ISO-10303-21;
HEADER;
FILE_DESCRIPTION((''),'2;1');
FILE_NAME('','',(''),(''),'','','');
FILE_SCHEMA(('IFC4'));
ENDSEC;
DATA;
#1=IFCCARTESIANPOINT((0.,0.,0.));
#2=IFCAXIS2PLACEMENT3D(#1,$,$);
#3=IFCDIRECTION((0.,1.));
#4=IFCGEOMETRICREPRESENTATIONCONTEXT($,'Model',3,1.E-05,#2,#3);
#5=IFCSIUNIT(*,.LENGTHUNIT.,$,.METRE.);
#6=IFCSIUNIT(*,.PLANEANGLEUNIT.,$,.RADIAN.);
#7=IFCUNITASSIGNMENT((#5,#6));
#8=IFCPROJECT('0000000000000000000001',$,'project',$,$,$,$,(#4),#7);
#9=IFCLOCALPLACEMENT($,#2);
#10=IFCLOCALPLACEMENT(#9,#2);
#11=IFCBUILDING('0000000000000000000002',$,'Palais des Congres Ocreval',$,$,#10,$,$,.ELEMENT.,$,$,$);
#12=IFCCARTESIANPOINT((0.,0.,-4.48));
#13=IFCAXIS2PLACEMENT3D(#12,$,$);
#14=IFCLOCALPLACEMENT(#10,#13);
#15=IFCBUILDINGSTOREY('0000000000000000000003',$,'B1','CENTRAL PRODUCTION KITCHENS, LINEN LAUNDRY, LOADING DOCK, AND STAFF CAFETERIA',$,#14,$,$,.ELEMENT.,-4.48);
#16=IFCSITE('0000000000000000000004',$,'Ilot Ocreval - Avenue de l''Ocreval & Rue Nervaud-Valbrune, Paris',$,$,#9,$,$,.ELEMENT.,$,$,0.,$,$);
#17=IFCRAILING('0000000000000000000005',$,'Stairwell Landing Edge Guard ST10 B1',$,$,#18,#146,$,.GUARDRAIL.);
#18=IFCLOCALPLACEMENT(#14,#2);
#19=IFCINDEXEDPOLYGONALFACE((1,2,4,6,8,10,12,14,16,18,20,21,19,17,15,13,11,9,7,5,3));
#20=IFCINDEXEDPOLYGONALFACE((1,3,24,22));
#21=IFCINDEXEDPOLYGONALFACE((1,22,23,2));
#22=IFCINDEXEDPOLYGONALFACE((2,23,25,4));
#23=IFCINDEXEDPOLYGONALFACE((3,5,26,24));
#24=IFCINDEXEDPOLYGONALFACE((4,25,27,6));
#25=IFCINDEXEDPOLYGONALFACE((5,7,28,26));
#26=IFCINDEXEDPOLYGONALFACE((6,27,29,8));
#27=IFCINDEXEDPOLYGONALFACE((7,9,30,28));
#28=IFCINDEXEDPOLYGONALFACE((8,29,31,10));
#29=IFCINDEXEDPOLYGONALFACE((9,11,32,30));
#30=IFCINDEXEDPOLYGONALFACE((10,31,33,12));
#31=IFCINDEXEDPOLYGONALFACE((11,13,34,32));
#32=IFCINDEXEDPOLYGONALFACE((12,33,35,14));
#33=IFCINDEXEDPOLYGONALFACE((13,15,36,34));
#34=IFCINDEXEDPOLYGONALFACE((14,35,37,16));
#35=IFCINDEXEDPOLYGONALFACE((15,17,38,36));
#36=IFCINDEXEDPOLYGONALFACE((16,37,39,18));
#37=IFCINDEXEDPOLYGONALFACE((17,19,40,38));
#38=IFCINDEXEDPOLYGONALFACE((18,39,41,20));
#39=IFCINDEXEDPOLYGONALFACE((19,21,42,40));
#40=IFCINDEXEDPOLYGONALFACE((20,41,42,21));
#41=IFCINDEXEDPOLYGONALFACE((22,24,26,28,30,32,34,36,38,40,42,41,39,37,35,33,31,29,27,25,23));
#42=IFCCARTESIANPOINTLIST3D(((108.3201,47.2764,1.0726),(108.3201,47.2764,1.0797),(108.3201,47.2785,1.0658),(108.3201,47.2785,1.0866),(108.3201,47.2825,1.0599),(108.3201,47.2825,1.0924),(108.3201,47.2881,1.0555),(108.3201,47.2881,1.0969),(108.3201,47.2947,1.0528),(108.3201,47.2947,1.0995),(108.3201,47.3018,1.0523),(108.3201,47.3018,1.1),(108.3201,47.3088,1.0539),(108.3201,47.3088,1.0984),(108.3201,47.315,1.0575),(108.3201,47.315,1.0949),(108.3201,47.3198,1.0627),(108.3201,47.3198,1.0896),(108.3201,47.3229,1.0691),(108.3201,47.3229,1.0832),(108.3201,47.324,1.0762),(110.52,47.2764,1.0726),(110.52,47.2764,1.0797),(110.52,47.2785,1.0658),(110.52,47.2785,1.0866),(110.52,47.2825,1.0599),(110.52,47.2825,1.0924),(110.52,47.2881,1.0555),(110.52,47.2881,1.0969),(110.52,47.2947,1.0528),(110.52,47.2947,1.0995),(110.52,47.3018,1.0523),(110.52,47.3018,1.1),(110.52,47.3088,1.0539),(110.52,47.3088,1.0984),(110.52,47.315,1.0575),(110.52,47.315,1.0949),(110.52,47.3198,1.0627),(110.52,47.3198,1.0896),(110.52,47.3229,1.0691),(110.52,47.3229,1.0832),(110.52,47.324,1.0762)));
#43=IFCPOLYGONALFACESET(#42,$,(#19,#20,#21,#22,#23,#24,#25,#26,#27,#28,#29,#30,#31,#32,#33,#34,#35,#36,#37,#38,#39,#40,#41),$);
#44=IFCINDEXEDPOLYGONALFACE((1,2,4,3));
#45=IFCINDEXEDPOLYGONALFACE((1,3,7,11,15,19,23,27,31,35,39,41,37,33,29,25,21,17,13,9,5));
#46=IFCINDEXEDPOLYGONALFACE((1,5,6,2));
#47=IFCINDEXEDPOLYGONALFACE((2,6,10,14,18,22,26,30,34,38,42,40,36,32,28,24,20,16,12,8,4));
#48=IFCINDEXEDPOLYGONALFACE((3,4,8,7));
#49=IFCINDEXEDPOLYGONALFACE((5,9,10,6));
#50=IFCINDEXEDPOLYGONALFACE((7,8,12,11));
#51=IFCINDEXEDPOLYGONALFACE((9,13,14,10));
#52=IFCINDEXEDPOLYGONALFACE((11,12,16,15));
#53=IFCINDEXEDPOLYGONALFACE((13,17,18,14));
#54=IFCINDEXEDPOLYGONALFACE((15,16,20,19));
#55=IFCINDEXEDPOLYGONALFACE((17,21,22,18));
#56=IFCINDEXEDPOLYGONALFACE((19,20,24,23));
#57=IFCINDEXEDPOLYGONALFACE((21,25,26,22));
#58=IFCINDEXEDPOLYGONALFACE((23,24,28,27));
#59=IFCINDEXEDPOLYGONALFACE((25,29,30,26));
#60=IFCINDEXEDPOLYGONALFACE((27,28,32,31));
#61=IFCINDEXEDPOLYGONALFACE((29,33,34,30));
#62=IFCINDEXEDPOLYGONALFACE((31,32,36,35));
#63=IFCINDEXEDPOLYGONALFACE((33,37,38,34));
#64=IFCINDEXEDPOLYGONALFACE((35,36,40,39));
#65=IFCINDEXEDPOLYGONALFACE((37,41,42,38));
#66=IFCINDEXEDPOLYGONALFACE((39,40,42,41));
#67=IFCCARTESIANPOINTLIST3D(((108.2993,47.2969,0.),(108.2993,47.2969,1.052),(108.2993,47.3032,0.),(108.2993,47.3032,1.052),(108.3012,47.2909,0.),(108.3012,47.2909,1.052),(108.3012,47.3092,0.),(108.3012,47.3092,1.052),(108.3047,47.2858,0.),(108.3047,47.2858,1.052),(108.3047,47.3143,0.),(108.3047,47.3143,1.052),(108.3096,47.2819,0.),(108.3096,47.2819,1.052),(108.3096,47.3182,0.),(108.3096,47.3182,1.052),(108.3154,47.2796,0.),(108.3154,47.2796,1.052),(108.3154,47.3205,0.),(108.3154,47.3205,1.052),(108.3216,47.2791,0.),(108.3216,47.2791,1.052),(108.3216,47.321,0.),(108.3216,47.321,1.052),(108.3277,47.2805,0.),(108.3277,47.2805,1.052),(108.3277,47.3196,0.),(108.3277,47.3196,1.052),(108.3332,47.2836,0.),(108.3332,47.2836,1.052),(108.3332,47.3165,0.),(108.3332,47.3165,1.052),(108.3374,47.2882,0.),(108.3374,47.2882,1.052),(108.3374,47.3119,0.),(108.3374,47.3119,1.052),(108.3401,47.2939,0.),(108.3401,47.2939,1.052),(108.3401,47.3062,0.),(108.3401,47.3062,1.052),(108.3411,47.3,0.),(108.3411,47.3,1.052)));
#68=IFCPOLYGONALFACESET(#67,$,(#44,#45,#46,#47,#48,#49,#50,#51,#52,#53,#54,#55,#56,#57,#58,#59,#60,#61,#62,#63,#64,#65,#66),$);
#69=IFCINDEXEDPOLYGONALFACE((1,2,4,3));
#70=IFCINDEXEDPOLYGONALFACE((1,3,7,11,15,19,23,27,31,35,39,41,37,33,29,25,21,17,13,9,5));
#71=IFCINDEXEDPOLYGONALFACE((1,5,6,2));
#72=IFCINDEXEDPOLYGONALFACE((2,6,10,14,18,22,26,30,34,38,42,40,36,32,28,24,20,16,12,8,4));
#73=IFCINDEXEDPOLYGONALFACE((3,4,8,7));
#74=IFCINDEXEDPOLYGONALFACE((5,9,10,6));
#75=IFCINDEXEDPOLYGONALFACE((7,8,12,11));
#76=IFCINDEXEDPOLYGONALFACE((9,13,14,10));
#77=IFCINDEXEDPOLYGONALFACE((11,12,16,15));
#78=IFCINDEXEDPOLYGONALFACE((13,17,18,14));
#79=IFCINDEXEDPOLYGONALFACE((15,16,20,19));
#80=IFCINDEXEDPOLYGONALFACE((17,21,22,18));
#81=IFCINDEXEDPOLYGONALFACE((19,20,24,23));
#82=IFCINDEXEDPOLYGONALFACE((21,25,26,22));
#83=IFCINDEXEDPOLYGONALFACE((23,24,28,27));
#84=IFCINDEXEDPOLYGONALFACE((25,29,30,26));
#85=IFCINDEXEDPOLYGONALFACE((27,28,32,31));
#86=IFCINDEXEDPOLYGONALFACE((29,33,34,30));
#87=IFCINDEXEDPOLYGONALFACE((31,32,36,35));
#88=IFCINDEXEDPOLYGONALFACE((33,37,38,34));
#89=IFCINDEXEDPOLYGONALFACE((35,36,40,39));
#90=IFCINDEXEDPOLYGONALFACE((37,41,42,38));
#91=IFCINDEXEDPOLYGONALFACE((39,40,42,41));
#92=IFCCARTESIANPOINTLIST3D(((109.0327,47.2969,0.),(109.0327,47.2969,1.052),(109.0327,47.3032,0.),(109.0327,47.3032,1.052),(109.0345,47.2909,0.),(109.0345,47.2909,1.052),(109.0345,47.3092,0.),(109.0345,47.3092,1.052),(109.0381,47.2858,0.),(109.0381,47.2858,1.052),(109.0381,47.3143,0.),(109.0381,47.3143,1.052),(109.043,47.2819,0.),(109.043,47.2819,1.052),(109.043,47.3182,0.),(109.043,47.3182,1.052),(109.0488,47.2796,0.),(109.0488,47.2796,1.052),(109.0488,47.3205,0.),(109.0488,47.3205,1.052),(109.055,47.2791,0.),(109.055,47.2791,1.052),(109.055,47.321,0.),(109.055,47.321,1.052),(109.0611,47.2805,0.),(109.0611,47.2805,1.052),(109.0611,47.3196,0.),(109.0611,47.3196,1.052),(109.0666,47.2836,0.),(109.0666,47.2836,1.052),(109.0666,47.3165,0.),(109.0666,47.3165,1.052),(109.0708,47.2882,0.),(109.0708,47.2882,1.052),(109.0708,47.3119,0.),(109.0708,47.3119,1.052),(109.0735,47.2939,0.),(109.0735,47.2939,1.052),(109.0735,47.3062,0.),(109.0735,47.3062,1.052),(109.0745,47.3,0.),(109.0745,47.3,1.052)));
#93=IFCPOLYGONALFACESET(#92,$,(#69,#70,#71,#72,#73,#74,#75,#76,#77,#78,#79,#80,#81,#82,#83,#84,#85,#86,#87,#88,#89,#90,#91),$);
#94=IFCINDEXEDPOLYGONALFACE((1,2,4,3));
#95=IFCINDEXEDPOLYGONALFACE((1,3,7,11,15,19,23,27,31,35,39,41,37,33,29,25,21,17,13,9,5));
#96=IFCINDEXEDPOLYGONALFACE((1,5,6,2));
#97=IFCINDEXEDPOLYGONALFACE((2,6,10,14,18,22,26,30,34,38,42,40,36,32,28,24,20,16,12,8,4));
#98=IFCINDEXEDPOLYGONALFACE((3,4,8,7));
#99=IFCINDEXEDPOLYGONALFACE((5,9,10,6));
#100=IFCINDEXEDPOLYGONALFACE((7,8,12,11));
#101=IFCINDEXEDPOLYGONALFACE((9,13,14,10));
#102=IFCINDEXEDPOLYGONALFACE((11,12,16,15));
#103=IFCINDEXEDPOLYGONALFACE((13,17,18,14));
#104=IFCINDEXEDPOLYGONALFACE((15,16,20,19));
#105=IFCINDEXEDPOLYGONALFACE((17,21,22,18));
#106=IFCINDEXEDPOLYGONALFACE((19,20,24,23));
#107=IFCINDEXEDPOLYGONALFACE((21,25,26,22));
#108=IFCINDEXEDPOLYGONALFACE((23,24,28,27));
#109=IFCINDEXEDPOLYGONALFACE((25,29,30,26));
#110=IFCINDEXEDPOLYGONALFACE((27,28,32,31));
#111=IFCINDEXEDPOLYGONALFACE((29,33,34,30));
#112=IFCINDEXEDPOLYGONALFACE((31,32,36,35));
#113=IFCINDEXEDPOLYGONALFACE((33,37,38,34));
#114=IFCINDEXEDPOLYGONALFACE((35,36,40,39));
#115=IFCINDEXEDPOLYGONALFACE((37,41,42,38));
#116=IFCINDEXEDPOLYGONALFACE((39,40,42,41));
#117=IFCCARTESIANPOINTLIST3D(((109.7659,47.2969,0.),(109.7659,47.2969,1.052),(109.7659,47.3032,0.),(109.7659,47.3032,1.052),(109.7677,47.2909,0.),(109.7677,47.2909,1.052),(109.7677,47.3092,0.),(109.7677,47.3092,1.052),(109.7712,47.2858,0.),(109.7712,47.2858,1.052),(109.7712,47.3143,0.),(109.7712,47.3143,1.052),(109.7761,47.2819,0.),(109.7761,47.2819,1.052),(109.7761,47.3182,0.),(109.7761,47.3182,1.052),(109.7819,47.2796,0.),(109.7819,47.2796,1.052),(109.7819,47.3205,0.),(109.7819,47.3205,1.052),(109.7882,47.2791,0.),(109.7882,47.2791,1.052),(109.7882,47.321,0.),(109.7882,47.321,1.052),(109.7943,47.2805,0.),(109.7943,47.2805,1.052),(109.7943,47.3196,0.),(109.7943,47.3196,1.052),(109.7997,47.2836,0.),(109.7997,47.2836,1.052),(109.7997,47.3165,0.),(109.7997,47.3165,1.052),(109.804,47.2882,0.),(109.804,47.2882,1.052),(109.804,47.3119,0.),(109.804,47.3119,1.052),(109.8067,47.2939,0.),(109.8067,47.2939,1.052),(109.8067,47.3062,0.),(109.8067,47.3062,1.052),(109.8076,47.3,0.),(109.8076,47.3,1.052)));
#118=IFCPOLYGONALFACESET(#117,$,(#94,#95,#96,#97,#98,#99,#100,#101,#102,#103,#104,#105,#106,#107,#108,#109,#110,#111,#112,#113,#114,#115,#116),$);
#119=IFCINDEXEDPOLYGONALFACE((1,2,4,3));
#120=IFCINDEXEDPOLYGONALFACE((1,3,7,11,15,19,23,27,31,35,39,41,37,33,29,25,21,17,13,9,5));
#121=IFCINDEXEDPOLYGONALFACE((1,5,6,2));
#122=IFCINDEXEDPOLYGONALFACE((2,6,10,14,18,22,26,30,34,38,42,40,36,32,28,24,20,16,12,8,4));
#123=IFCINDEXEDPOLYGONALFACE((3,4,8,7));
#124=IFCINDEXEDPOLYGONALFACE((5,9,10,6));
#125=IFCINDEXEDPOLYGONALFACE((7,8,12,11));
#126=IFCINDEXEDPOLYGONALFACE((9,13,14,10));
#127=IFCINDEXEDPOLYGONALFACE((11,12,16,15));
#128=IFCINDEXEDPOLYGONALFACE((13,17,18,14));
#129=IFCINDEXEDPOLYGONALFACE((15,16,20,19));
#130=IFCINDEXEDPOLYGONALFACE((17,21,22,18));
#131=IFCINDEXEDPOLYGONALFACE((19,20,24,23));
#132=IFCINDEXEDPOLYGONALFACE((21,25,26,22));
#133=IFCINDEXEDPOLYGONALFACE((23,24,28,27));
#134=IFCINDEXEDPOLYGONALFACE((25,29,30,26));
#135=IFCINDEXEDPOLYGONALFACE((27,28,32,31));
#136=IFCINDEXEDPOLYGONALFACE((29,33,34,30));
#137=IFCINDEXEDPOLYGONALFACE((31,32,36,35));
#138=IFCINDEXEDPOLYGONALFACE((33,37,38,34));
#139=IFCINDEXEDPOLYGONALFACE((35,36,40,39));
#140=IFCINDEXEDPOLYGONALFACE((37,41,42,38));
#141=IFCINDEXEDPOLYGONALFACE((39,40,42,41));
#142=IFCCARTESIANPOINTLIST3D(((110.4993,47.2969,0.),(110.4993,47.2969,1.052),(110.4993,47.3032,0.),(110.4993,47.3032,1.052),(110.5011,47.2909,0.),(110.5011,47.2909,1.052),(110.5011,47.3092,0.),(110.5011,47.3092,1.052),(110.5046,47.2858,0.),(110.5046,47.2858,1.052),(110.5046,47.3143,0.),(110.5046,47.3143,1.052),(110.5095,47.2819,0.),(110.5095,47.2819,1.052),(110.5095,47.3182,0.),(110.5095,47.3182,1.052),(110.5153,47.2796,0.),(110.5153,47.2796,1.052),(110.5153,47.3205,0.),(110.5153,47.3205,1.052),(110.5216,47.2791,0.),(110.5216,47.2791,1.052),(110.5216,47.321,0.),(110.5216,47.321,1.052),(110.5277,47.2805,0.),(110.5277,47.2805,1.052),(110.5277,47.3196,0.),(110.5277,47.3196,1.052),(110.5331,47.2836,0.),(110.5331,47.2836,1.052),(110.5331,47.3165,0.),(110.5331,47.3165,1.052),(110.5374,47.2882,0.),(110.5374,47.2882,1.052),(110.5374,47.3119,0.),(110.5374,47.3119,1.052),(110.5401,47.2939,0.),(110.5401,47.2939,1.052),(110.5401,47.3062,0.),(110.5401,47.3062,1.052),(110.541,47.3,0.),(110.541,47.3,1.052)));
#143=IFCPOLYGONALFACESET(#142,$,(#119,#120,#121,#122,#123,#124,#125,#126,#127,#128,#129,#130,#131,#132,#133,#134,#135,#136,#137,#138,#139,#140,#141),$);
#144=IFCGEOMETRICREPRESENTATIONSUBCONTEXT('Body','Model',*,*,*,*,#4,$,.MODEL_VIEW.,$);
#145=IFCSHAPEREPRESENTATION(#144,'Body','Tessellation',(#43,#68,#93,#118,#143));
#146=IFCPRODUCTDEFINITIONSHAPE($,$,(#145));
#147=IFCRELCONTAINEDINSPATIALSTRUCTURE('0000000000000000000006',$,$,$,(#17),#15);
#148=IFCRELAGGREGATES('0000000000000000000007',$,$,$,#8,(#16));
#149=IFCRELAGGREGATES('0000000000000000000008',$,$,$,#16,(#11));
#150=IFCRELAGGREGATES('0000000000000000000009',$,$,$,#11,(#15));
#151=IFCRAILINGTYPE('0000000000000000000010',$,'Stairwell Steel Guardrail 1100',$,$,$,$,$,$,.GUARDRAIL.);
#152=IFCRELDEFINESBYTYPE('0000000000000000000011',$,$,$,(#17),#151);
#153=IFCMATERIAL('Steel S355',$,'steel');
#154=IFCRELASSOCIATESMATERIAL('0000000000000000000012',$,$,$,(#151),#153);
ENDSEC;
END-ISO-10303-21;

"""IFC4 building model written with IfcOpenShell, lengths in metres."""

from ifc_helpers import new_model, si_unit, direction, frame, origin, origin_2d, place, context, subcontext, project, spatial, circle, extrude, material, type_object, element, save


model = new_model("IFC4")

# Units and contexts
model_context = context("Model", 3, precision=1e-05, world=origin(), true_north=direction((0.0, 1.0)))
body_context = subcontext(model_context, "Body", "Model", "MODEL_VIEW")
ifc_project = project(units=[si_unit("LENGTHUNIT", "METRE"), si_unit("PLANEANGLEUNIT", "RADIAN")], contexts=[model_context])

# Site, building, storey
site_placement = place(None, origin())
site = spatial("IfcSite", under=ifc_project, at=site_placement, Name="Ilot Ocreval - Avenue de l'Ocreval & Rue Nervaud-Valbrune, Paris", CompositionType="ELEMENT", RefElevation=0.0)
building_placement = place(site_placement, origin())
building = spatial("IfcBuilding", under=site, at=building_placement, Name="Palais des Congres Ocreval", CompositionType="ELEMENT")
storey_placement = place(building_placement, frame((0.0, 0.0, -4.48)))
storey = spatial("IfcBuildingStorey", under=building, at=storey_placement, Name="B1", Description="CENTRAL PRODUCTION KITCHENS, LINEN LAUNDRY, LOADING DOCK, AND STAFF CAFETERIA", CompositionType="ELEMENT", Elevation=-4.48)

# Shared definitions
ifc_material_1 = material(Name="Steel S355", Category="steel")

# Railing
railing_type_1 = type_object("IfcRailingType", Name="Stairwell Steel Guardrail 1100", PredefinedType="GUARDRAIL", material=ifc_material_1)
railing_1_placement = place(storey_placement, frame((108.3201, 47.3, 0.0)))
element("IfcRailing", 1, at=railing_1_placement, inside=storey, type_object=railing_type_1, Name="Stairwell Landing Edge Guard ST10 B1", PredefinedType="GUARDRAIL", context=body_context, shape_type="SweptSolid", body=[
    extrude(circle(Radius=0.0239, at=origin_2d()), frame((0.0, 0.0, 1.0762), z_axis=(1.0, 0.0, 0.0), x_axis=(0.0, 1.0, 0.0)), (0.0, 0.0, 1.0), 2.2),
    extrude(circle(Radius=0.021, at=origin_2d()), origin(), (0.0, 0.0, 1.0), 1.052),
    extrude(circle(Radius=0.021, at=origin_2d()), frame((0.7334, 0.0, 0.0)), (0.0, 0.0, 1.0), 1.052),
    extrude(circle(Radius=0.021, at=origin_2d()), frame((1.4666, 0.0, 0.0)), (0.0, 0.0, 1.0), 1.052),
    extrude(circle(Radius=0.021, at=origin_2d()), frame((2.2, 0.0, 0.0)), (0.0, 0.0, 1.0), 1.052),
])

save(model, "model.ifc")
